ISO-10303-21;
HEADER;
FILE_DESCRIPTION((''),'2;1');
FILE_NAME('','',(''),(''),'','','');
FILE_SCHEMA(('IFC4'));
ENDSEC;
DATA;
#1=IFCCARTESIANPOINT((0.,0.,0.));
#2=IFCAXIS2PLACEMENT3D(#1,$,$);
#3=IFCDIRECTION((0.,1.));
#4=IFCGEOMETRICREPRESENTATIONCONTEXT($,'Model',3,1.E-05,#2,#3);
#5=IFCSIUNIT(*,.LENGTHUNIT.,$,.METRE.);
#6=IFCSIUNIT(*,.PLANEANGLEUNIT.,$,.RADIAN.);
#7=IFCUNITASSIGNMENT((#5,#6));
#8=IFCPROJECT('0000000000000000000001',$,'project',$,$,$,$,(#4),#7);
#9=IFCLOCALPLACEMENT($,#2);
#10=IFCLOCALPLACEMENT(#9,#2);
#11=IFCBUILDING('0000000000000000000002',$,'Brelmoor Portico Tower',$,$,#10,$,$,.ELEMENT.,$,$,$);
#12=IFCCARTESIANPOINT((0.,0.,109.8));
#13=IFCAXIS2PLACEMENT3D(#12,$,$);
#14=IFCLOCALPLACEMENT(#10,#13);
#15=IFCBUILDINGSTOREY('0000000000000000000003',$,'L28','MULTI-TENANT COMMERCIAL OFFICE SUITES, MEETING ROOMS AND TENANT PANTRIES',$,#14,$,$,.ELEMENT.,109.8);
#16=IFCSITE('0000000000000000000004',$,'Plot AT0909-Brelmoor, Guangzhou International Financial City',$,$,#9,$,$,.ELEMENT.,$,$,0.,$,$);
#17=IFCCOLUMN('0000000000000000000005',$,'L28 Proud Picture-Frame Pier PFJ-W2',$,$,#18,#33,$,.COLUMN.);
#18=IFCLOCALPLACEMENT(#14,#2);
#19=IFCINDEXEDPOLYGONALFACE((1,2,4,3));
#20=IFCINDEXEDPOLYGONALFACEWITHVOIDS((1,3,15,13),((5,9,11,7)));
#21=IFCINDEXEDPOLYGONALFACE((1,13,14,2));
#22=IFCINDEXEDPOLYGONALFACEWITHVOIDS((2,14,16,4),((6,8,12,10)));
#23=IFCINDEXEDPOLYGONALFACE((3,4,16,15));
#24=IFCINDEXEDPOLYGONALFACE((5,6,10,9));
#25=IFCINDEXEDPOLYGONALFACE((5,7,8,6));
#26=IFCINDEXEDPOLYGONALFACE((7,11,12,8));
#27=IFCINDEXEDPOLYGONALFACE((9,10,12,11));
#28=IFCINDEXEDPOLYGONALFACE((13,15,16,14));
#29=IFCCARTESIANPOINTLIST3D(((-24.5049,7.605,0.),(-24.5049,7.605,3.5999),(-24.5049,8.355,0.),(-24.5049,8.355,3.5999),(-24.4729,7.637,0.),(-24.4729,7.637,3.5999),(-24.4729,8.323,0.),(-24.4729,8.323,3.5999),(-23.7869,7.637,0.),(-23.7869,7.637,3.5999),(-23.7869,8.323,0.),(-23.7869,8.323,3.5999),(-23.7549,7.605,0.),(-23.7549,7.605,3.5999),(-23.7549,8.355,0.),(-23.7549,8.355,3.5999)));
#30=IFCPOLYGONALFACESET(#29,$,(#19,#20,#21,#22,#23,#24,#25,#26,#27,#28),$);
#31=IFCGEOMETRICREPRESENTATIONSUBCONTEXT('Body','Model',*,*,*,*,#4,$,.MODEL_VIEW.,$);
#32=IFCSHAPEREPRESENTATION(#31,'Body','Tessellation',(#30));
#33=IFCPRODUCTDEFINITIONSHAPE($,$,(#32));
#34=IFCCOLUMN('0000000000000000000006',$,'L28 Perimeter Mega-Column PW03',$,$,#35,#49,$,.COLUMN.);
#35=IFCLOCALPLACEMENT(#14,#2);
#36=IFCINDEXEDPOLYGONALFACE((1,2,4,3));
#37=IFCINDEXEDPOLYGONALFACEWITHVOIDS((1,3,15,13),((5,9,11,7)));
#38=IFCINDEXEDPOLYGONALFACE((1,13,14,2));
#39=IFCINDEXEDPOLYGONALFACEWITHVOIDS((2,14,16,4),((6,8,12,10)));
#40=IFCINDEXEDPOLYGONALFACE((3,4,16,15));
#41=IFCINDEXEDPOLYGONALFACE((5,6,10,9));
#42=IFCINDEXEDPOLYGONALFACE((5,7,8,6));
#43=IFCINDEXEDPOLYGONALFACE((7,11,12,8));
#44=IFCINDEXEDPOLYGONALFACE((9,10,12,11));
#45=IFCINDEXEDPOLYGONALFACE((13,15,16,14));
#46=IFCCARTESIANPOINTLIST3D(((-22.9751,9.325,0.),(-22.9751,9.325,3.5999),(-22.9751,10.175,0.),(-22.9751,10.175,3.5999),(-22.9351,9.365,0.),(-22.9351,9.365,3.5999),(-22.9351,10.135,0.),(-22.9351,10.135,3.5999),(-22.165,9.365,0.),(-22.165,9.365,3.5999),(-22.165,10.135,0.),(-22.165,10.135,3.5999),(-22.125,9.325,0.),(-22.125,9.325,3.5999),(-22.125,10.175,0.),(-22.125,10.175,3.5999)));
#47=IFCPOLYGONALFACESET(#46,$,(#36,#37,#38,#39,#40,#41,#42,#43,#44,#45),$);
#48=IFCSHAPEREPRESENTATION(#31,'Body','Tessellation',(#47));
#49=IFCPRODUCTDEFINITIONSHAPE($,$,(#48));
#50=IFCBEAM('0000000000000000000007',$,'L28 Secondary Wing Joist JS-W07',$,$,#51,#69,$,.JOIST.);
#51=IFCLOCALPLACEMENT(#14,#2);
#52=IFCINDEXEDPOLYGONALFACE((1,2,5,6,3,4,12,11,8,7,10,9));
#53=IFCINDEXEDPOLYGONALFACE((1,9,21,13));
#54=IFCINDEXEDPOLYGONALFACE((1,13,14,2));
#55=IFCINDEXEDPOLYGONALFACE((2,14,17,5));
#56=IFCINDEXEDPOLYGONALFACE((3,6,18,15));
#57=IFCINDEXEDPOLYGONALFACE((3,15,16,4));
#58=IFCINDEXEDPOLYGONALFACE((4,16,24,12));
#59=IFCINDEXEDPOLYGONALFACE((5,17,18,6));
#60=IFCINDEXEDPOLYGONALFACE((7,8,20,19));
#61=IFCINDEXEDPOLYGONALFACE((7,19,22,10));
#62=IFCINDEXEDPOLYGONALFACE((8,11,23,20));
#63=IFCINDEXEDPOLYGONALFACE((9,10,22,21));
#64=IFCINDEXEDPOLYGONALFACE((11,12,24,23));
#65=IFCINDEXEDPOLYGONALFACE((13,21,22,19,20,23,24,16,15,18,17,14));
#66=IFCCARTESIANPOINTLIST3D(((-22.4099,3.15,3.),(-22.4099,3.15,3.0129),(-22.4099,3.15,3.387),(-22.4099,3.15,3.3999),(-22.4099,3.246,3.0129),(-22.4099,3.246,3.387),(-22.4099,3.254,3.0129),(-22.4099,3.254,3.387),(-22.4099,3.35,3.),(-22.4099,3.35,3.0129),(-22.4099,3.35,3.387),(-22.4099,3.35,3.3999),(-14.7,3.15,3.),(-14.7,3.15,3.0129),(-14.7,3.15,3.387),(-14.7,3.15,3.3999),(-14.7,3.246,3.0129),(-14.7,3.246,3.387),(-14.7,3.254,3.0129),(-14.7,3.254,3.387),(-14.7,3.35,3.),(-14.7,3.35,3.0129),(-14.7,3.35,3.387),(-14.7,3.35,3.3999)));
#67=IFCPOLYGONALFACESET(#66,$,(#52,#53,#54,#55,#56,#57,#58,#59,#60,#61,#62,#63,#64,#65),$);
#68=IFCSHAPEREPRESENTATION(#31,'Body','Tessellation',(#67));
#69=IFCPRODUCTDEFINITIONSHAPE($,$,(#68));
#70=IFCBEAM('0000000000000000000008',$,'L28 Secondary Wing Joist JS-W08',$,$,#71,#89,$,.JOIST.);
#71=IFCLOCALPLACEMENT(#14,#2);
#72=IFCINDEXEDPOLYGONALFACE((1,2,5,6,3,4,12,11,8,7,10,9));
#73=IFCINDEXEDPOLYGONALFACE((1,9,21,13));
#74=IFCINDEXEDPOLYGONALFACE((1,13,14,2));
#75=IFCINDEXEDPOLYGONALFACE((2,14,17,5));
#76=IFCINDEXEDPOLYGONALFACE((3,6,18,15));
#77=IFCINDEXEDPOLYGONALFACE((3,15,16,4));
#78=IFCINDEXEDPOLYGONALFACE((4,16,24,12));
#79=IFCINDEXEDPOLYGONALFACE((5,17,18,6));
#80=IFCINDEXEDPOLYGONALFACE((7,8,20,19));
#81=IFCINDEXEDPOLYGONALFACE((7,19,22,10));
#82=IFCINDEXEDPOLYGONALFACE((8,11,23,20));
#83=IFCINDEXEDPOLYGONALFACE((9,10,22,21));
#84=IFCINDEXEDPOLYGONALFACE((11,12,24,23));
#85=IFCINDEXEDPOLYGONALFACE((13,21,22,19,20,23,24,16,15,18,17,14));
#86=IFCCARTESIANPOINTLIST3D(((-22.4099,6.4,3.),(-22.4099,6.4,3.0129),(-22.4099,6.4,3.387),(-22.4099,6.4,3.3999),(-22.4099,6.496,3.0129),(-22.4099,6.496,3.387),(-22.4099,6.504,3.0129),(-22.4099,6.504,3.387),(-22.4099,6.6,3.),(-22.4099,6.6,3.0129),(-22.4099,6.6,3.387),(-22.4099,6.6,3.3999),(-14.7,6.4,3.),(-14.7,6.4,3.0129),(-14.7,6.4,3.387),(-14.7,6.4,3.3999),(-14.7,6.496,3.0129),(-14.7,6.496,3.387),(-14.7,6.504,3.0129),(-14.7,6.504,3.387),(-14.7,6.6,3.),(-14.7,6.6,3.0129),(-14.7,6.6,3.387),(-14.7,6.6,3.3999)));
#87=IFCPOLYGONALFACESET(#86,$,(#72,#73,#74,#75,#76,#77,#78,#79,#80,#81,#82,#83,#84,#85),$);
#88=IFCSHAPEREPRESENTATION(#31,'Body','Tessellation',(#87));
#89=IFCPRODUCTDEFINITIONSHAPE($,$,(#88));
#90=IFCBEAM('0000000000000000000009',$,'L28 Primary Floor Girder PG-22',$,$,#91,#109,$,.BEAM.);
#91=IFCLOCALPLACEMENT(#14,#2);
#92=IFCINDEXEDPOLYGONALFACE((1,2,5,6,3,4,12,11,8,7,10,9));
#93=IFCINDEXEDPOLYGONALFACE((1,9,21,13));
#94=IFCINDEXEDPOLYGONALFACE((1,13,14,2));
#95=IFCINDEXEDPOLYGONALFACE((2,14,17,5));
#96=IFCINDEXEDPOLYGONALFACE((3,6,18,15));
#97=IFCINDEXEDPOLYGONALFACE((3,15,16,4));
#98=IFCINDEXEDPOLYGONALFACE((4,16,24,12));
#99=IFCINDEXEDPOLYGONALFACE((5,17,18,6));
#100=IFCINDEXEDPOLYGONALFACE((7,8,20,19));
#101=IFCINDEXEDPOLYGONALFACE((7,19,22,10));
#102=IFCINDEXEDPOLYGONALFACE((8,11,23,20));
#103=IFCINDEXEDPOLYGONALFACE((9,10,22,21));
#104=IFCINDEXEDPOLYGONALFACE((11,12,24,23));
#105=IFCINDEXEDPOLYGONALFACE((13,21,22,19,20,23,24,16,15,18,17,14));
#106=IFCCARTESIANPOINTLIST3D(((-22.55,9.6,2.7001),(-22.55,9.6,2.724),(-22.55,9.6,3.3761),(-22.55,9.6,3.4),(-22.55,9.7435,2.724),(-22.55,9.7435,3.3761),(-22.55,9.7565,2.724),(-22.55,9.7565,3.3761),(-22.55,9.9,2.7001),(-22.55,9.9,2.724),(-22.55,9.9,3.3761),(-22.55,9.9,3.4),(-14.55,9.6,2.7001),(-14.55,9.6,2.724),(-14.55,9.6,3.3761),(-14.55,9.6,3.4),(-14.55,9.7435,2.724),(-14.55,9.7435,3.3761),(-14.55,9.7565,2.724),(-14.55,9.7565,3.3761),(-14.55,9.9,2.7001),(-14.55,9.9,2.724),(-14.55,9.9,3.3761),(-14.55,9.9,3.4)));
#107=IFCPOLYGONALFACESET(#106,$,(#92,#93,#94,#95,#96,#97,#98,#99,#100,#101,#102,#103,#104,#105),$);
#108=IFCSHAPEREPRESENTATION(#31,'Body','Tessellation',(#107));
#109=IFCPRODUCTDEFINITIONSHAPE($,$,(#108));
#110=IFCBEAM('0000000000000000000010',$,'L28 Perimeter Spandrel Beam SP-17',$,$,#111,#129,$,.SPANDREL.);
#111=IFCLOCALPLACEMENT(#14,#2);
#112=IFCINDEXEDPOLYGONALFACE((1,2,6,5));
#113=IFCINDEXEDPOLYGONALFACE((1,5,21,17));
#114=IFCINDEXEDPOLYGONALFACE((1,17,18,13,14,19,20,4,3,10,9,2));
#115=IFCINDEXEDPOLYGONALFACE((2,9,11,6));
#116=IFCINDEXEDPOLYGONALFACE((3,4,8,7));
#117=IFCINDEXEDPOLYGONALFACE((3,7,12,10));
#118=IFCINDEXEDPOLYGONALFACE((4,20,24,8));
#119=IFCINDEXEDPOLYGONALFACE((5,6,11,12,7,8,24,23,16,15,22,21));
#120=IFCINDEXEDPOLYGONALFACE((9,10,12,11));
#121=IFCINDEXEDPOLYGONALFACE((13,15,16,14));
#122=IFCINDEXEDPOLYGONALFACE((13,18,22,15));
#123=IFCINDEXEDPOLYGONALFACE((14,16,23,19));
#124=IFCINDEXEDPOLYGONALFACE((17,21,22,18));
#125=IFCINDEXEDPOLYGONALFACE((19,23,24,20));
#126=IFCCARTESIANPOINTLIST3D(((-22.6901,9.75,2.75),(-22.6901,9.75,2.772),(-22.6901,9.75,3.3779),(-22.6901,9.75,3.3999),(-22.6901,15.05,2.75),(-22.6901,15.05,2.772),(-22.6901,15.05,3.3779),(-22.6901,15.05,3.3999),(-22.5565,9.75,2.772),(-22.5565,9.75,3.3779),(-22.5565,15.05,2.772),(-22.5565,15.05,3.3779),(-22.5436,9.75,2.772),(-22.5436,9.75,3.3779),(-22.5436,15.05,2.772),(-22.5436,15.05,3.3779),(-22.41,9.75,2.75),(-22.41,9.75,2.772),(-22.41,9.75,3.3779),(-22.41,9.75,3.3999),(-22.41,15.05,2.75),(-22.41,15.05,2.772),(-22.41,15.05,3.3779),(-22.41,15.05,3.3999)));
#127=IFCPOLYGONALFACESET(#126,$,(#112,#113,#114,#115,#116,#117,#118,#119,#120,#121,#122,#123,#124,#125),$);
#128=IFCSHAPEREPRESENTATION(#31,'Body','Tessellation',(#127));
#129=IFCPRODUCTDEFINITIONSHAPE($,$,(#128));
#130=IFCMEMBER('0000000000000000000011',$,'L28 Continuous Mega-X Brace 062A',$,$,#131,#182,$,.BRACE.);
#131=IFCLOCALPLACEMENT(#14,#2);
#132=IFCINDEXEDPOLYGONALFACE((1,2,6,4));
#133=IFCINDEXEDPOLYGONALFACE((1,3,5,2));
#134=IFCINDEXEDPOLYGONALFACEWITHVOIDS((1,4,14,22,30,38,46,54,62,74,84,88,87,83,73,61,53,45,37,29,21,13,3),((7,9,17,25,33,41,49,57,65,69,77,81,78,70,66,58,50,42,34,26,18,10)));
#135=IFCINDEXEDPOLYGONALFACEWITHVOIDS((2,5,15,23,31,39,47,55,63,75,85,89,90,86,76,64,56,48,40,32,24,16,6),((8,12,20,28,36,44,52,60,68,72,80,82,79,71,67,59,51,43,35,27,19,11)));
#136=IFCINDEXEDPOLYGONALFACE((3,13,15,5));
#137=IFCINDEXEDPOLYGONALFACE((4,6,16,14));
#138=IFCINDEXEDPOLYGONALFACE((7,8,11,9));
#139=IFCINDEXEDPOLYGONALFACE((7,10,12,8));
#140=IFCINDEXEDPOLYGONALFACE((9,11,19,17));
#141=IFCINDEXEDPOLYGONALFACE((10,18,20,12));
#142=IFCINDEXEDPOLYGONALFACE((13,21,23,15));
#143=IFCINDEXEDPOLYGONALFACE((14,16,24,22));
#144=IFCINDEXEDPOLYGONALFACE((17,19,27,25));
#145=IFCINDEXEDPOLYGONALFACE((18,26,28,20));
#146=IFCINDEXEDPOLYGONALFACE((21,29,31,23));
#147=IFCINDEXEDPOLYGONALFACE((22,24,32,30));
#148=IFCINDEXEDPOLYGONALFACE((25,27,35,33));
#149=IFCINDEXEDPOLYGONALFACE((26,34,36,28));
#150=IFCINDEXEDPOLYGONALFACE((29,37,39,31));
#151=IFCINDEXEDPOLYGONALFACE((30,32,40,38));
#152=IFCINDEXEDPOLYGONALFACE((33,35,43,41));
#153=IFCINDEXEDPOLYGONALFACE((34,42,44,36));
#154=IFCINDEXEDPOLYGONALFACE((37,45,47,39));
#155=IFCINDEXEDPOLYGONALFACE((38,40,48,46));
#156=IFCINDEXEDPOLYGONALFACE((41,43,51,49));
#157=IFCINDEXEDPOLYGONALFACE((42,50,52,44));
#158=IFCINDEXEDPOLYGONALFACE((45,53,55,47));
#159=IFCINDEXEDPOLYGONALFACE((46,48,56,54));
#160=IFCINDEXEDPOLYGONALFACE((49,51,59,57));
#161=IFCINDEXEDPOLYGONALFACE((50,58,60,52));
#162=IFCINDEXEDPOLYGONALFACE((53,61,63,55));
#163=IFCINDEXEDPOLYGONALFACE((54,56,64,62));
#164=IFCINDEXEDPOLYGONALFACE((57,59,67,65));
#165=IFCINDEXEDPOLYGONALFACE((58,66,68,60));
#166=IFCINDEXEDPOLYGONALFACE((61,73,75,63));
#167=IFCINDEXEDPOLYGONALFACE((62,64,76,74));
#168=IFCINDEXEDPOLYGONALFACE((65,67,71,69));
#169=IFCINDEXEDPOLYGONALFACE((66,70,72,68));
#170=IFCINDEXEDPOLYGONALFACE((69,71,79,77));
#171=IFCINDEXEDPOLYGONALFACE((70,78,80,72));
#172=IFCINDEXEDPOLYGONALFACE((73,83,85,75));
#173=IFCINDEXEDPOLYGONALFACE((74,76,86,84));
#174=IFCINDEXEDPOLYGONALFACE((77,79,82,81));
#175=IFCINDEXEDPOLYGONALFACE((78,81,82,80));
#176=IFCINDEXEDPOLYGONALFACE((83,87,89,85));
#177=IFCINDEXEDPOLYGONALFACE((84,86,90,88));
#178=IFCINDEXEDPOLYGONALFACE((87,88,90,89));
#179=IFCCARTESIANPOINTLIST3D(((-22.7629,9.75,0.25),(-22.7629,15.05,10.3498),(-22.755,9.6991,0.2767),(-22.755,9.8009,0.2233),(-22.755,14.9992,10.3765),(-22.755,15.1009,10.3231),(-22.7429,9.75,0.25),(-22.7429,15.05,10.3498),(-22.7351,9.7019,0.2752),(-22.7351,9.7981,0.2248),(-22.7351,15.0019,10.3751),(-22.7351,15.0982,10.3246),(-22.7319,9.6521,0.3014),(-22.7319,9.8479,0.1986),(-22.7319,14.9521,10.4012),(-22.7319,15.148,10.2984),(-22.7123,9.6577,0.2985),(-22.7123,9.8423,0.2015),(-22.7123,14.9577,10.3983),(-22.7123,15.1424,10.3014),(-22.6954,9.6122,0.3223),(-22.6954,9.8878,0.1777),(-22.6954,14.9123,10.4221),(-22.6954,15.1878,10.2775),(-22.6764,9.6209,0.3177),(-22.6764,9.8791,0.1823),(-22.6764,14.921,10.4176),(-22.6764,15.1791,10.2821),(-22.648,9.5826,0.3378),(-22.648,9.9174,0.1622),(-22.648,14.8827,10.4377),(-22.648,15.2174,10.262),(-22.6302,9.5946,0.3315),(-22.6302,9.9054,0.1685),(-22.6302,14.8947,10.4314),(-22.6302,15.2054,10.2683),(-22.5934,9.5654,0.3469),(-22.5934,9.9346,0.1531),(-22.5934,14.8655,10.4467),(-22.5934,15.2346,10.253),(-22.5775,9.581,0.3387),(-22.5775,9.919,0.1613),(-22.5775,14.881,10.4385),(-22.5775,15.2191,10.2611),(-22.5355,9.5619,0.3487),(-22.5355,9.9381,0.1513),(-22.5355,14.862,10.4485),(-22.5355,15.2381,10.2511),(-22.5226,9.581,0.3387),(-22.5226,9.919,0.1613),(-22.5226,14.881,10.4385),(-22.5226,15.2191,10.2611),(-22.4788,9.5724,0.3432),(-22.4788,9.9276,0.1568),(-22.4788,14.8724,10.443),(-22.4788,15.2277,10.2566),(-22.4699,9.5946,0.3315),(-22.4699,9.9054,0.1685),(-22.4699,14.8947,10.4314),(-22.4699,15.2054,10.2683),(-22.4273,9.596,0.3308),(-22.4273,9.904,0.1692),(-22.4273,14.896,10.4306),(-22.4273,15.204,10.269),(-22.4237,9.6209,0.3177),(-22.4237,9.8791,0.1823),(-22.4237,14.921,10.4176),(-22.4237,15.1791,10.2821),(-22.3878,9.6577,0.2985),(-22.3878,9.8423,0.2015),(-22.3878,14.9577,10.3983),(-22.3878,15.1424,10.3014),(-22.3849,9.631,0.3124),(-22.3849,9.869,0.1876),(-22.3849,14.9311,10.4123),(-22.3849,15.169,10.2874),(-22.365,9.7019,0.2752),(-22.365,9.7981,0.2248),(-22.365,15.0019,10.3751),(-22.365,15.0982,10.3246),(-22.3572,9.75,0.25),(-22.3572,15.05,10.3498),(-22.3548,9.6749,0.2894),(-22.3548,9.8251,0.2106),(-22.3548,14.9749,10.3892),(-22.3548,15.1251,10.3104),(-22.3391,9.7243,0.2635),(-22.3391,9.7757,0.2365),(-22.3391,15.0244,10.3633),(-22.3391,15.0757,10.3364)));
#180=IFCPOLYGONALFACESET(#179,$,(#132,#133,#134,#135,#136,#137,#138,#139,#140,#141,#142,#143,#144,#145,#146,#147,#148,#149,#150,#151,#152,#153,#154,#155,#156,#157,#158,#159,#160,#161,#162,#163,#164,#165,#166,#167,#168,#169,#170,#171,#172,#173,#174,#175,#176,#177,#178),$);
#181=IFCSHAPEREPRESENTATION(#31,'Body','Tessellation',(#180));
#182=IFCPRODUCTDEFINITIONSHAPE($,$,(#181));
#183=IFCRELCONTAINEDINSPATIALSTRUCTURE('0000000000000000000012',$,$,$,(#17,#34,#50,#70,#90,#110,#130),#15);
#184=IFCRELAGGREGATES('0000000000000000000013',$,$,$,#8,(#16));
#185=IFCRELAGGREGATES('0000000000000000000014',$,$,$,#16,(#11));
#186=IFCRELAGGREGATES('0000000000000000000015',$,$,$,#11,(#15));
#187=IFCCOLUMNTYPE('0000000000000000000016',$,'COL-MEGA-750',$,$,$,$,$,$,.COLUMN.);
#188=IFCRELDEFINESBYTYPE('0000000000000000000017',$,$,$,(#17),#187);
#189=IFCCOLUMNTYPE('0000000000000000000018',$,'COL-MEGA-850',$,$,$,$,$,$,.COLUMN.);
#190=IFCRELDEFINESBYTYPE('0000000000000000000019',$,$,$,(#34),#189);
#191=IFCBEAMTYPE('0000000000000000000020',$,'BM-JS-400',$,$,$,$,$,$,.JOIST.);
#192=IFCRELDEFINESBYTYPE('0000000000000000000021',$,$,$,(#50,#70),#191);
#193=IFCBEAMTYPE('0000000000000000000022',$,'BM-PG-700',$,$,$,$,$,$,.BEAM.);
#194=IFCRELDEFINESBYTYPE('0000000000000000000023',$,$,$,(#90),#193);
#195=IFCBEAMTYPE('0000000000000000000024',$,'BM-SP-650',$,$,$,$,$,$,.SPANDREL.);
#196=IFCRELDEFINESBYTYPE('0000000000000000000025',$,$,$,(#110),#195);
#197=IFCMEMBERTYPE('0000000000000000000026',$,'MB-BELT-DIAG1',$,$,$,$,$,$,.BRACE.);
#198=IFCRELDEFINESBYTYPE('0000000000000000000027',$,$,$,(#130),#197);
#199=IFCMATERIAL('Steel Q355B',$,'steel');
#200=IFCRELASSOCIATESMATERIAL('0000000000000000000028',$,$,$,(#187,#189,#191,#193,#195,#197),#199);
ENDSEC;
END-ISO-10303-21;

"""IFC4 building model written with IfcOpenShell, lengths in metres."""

from ifc_helpers import new_model, si_unit, direction, frame, origin, origin_2d, place, context, subcontext, project, spatial, hollow_rectangle, hollow_circle, i_section, extrude, material, material_profile, profile_set, type_object, element, save


model = new_model("IFC4")

# Units and contexts
model_context = context("Model", 3, precision=1e-05, world=origin(), true_north=direction((0.0, 1.0)))
body_context = subcontext(model_context, "Body", "Model", "MODEL_VIEW")
ifc_project = project(units=[si_unit("LENGTHUNIT", "METRE"), si_unit("PLANEANGLEUNIT", "RADIAN")], contexts=[model_context])

# Site, building, storey
site_placement = place(None, origin())
site = spatial("IfcSite", under=ifc_project, at=site_placement, Name="Plot AT0909-Brelmoor, Guangzhou International Financial City", CompositionType="ELEMENT", RefElevation=0.0)
building_placement = place(site_placement, origin())
building = spatial("IfcBuilding", under=site, at=building_placement, Name="Brelmoor Portico Tower", CompositionType="ELEMENT")
storey_placement = place(building_placement, frame((0.0, 0.0, 109.8)))
storey = spatial("IfcBuildingStorey", under=building, at=storey_placement, Name="L28", Description="MULTI-TENANT COMMERCIAL OFFICE SUITES, MEETING ROOMS AND TENANT PANTRIES", CompositionType="ELEMENT", Elevation=109.8)

# Columns
ifc_material_1 = material(Name="Steel Q355B", Category="steel")
ifc_material_profile_1 = material_profile(ifc_material_1, hollow_rectangle(XDim=0.75, YDim=0.75, WallThickness=0.032, at=origin_2d()), Name="BOX 750x750x32")
ifc_profile_set_1 = profile_set([ifc_material_profile_1], Name="Steel Q355B")
column_type_1 = type_object("IfcColumnType", Name="COL-MEGA-750", PredefinedType="COLUMN", material=ifc_profile_set_1)
column_1_placement = place(storey_placement, frame((-24.1299, 7.98, 0.0), z_axis=(0.0, 0.0, 1.0), x_axis=(0.0, 1.0, 0.0)))
element("IfcColumn", 1, at=column_1_placement, inside=storey, type_object=column_type_1, Name="L28 Proud Picture-Frame Pier PFJ-W2", PredefinedType="COLUMN", context=body_context, shape_type="SweptSolid", body=[
    extrude(hollow_rectangle(XDim=0.75, YDim=0.75, WallThickness=0.032, at=origin_2d()), origin(), (0.0, 0.0, 1.0), 3.5999),
])
ifc_material_profile_2 = material_profile(ifc_material_1, hollow_rectangle(XDim=0.8501, YDim=0.8501, WallThickness=0.04, at=origin_2d()), Name="BOX 850x850x40")
ifc_profile_set_2 = profile_set([ifc_material_profile_2], Name="Steel Q355B")
column_type_2 = type_object("IfcColumnType", Name="COL-MEGA-850", PredefinedType="COLUMN", material=ifc_profile_set_2)
column_2_placement = place(storey_placement, frame((-22.55, 9.75, 0.0), z_axis=(0.0, 0.0, 1.0), x_axis=(0.0, 1.0, 0.0)))
element("IfcColumn", 2, at=column_2_placement, inside=storey, type_object=column_type_2, Name="L28 Perimeter Mega-Column PW03", PredefinedType="COLUMN", context=body_context, shape_type="SweptSolid", body=[
    extrude(hollow_rectangle(XDim=0.8501, YDim=0.8501, WallThickness=0.04, at=origin_2d()), origin(), (0.0, 0.0, 1.0), 3.5999),
])

# Beams
ifc_material_profile_3 = material_profile(ifc_material_1, i_section(OverallWidth=0.2, OverallDepth=0.3999, WebThickness=0.0081, FlangeThickness=0.0129, at=origin_2d()), Name="HN 400x200x8x13")
ifc_profile_set_3 = profile_set([ifc_material_profile_3], Name="Steel Q355B")
beam_type_1 = type_object("IfcBeamType", Name="BM-JS-400", PredefinedType="JOIST", material=ifc_profile_set_3)
for number, where, z_axis, x_axis, name in (
    (3, (-22.4099, 3.25, 3.2), (1.0, 0.0, 0.0), (0.0, 1.0, 0.0), "L28 Secondary Wing Joist JS-W07"),
    (4, (-22.4099, 6.5, 3.2), (1.0, 0.0, 0.0), (0.0, 1.0, 0.0), "L28 Secondary Wing Joist JS-W08"),
):
    element("IfcBeam", number, at=place(storey_placement, frame(where, z_axis=z_axis, x_axis=x_axis)), inside=storey, type_object=beam_type_1, Name=name, PredefinedType="JOIST", context=body_context, shape_type="SweptSolid", body=[
        extrude(i_section(OverallWidth=0.2, OverallDepth=0.3999, WebThickness=0.0081, FlangeThickness=0.0129, at=origin_2d()), origin(), (0.0, 0.0, 1.0), 7.71),
    ])
ifc_material_profile_4 = material_profile(ifc_material_1, i_section(OverallWidth=0.3, OverallDepth=0.7, WebThickness=0.0129, FlangeThickness=0.0239, at=origin_2d()), Name="HN 700x300x13x24")
ifc_profile_set_4 = profile_set([ifc_material_profile_4], Name="Steel Q355B")
beam_type_2 = type_object("IfcBeamType", Name="BM-PG-700", PredefinedType="BEAM", material=ifc_profile_set_4)
beam_1_placement = place(storey_placement, frame((-22.55, 9.75, 3.05), z_axis=(1.0, 0.0, 0.0), x_axis=(0.0, 1.0, 0.0)))
element("IfcBeam", 5, at=beam_1_placement, inside=storey, type_object=beam_type_2, Name="L28 Primary Floor Girder PG-22", PredefinedType="BEAM", context=body_context, shape_type="SweptSolid", body=[
    extrude(i_section(OverallWidth=0.3, OverallDepth=0.7, WebThickness=0.0129, FlangeThickness=0.0239, at=origin_2d()), origin(), (0.0, 0.0, 1.0), 8.0),
])
ifc_material_profile_5 = material_profile(ifc_material_1, i_section(OverallWidth=0.28, OverallDepth=0.6499, WebThickness=0.0129, FlangeThickness=0.022, at=origin_2d()), Name="HN 650x280x13x22")
ifc_profile_set_5 = profile_set([ifc_material_profile_5], Name="Steel Q355B")
beam_type_3 = type_object("IfcBeamType", Name="BM-SP-650", PredefinedType="SPANDREL", material=ifc_profile_set_5)
beam_2_placement = place(storey_placement, frame((-22.55, 9.75, 3.075), z_axis=(0.0, 1.0, 0.0), x_axis=(-1.0, 0.0, 0.0)))
element("IfcBeam", 6, at=beam_2_placement, inside=storey, type_object=beam_type_3, Name="L28 Perimeter Spandrel Beam SP-17", PredefinedType="SPANDREL", context=body_context, shape_type="SweptSolid", body=[
    extrude(i_section(OverallWidth=0.28, OverallDepth=0.6499, WebThickness=0.0129, FlangeThickness=0.022, at=origin_2d()), origin(), (0.0, 0.0, 1.0), 5.3),
])

# Member
ifc_material_profile_6 = material_profile(ifc_material_1, hollow_circle(Radius=0.2129, WallThickness=0.02, at=origin_2d()), Name="CHS 426x20")
ifc_profile_set_6 = profile_set([ifc_material_profile_6], Name="Steel Q355B")
member_type_1 = type_object("IfcMemberType", Name="MB-BELT-DIAG1", PredefinedType="BRACE", material=ifc_profile_set_6)
member_1_placement = place(storey_placement, frame((-22.55, 9.75, 0.25), z_axis=(0.0, 0.464671, 0.885484), x_axis=(-1.0, 0.0, 0.0)))
element("IfcMember", 7, at=member_1_placement, inside=storey, type_object=member_type_1, Name="L28 Continuous Mega-X Brace 062A", PredefinedType="BRACE", context=body_context, shape_type="SweptSolid", body=[
    extrude(hollow_circle(Radius=0.2129, WallThickness=0.02, at=origin_2d()), origin(), (0.0, 0.0, 1.0), 11.406),
])

save(model, "model.ifc")
